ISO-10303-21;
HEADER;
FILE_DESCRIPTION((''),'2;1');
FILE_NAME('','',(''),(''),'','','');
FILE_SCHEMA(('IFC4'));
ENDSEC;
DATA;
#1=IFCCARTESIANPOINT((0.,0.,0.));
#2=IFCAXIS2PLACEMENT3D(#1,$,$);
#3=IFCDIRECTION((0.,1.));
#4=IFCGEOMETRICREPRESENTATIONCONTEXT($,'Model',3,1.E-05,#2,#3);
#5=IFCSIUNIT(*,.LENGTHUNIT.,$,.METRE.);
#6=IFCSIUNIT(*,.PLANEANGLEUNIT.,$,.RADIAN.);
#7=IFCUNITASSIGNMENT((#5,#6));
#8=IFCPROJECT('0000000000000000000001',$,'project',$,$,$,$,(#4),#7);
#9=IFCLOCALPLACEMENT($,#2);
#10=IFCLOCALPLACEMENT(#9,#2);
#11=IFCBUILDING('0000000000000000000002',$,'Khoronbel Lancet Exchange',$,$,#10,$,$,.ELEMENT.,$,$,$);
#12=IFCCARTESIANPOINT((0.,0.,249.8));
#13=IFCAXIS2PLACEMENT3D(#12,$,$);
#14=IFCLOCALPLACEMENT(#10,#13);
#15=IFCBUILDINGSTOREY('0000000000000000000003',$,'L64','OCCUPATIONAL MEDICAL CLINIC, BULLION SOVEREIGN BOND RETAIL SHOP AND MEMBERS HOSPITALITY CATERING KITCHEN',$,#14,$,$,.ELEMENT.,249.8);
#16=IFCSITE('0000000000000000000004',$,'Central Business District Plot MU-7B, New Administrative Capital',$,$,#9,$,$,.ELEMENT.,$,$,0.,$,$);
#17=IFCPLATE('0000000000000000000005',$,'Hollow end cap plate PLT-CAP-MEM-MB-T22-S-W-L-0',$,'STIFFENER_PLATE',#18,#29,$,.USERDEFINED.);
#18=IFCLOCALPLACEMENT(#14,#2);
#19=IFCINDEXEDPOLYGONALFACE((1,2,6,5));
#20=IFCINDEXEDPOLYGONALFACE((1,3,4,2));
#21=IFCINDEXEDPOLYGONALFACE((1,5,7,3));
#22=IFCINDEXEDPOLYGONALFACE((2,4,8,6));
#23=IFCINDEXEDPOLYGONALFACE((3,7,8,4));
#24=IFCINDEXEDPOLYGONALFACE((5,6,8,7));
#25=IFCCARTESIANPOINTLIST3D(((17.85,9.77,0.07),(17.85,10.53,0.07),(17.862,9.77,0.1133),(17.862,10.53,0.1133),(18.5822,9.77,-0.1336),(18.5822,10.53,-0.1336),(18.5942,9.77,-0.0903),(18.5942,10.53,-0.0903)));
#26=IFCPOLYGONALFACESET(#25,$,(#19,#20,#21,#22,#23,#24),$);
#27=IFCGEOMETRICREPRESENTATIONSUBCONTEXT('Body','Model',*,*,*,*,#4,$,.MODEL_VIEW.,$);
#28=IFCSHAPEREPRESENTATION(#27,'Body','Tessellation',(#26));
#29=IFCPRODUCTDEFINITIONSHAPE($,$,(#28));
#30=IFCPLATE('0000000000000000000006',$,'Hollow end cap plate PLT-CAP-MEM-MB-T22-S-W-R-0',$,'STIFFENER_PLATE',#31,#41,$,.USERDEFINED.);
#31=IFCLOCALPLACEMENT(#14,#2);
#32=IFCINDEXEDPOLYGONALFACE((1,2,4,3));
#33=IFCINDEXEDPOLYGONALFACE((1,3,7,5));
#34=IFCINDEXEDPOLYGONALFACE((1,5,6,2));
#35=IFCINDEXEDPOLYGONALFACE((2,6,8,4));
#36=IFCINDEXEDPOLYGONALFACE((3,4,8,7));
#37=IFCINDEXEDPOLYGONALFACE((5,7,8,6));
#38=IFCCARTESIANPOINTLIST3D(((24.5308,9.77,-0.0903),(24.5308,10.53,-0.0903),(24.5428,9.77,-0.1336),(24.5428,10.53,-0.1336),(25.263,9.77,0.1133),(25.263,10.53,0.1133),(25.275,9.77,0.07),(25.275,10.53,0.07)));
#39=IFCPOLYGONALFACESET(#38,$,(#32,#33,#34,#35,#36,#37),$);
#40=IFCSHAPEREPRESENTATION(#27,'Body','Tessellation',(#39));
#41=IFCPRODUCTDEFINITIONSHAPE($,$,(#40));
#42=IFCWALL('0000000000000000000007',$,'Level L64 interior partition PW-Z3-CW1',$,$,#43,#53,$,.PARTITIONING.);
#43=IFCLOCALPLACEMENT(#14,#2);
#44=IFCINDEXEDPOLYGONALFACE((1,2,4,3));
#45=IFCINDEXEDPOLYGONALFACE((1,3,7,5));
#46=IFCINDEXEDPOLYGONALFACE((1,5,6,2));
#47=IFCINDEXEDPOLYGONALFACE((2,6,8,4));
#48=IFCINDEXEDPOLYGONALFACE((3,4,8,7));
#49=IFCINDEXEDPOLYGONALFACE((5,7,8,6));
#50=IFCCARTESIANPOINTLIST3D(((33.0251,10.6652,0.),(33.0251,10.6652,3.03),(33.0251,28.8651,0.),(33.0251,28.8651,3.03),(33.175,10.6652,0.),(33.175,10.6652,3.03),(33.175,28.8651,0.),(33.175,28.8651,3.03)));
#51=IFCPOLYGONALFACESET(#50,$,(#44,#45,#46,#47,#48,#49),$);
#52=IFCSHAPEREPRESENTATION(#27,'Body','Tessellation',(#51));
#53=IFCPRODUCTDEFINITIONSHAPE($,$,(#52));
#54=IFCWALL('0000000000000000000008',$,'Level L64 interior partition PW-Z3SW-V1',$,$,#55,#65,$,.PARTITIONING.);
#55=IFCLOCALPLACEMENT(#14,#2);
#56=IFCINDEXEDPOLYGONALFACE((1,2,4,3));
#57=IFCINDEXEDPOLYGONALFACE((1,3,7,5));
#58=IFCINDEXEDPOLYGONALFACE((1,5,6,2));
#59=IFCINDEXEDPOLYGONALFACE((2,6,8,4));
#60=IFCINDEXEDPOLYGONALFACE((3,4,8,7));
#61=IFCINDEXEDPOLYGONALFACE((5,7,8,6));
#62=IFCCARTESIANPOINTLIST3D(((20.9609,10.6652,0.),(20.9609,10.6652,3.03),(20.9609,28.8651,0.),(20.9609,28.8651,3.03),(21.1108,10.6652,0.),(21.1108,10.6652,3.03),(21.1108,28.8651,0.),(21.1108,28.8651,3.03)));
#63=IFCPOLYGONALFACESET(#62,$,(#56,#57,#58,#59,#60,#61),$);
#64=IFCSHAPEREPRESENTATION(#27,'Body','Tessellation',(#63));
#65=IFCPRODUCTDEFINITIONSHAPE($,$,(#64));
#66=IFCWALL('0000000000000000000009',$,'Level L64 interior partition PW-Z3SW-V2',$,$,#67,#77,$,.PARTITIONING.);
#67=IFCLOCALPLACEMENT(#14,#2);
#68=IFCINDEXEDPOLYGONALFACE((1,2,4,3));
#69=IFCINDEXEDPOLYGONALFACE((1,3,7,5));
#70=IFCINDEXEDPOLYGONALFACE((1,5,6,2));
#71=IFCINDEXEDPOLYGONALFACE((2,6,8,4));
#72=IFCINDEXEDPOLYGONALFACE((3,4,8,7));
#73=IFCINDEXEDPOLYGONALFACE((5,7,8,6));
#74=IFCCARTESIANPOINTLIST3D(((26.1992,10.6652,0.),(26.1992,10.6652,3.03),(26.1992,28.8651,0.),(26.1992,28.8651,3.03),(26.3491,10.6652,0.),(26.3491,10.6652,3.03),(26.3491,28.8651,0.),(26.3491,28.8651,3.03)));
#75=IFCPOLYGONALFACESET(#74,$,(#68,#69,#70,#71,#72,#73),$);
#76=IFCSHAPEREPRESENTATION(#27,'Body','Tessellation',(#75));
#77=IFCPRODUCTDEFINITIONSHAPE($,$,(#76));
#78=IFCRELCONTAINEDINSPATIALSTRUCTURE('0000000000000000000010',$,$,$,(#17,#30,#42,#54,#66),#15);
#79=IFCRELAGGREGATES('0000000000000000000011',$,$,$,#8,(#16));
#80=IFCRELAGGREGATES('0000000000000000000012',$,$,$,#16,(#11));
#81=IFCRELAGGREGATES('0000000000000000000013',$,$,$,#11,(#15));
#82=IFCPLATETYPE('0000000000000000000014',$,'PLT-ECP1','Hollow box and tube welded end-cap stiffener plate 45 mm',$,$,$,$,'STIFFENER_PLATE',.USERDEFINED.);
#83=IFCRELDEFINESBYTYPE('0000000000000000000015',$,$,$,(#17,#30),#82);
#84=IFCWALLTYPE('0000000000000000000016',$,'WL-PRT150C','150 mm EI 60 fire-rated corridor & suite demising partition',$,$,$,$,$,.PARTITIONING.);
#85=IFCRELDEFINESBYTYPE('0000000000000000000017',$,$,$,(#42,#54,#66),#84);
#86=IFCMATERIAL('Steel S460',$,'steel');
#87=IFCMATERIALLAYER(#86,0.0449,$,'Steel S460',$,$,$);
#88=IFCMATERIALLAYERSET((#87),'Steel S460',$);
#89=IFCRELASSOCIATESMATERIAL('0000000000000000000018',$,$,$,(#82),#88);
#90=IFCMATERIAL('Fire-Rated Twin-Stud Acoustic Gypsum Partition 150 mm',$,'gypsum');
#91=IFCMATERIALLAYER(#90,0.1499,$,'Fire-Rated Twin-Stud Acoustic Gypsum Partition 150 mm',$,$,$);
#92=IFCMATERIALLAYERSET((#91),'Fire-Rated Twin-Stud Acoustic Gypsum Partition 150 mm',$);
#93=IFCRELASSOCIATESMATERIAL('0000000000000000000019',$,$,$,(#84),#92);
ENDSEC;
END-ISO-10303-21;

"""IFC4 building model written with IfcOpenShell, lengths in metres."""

from ifc_helpers import new_model, si_unit, direction, frame, frame_2d, origin, place, context, subcontext, project, spatial, polyline, rectangle, outline, extrude, material, layer, layer_set, type_object, element, save


model = new_model("IFC4")

# Units and contexts
model_context = context("Model", 3, precision=1e-05, world=origin(), true_north=direction((0.0, 1.0)))
body_context = subcontext(model_context, "Body", "Model", "MODEL_VIEW")
ifc_project = project(units=[si_unit("LENGTHUNIT", "METRE"), si_unit("PLANEANGLEUNIT", "RADIAN")], contexts=[model_context])

# Site, building, storey
site_placement = place(None, origin())
site = spatial("IfcSite", under=ifc_project, at=site_placement, Name="Central Business District Plot MU-7B, New Administrative Capital", CompositionType="ELEMENT", RefElevation=0.0)
building_placement = place(site_placement, origin())
building = spatial("IfcBuilding", under=site, at=building_placement, Name="Khoronbel Lancet Exchange", CompositionType="ELEMENT")
storey_placement = place(building_placement, frame((0.0, 0.0, 249.8)))
storey = spatial("IfcBuildingStorey", under=building, at=storey_placement, Name="L64", Description="OCCUPATIONAL MEDICAL CLINIC, BULLION SOVEREIGN BOND RETAIL SHOP AND MEMBERS HOSPITALITY CATERING KITCHEN", CompositionType="ELEMENT", Elevation=249.8)

# Shared definitions
ifc_material_1 = material(Name="Steel S460", Category="steel")

# Plates
ifc_layer_1 = layer(ifc_material_1, 0.0449, Name="Steel S460")
ifc_layer_set_1 = layer_set([ifc_layer_1], Name="Steel S460")
plate_type_1 = type_object("IfcPlateType", Name="PLT-ECP1", Description="Hollow box and tube welded end-cap stiffener plate 45 mm", ElementType="STIFFENER_PLATE", PredefinedType="USERDEFINED", material=ifc_layer_set_1)
for number, where, z_axis, x_axis, name in (
    (1, (18.5942, 9.77, -0.0903), (0.267926, 0.0, 0.96344), (0.0, 1.0, 0.0), "Hollow end cap plate PLT-CAP-MEM-MB-T22-S-W-L-0"),
    (2, (24.5308, 10.53, -0.0903), (-0.267926, 0.0, 0.96344), (0.0, -1.0, 0.0), "Hollow end cap plate PLT-CAP-MEM-MB-T22-S-W-R-0"),
):
    element("IfcPlate", number, at=place(storey_placement, frame(where, z_axis=z_axis, x_axis=x_axis)), inside=storey, type_object=plate_type_1, Name=name, ObjectType="STIFFENER_PLATE", PredefinedType="USERDEFINED", context=body_context, shape_type="SweptSolid", body=[
        extrude(outline(polyline([(0.0, 0.0), (0.76, 0.0), (0.76, 0.76), (0.0, 0.76), (0.0, 0.0)])), origin(), (0.0, 0.0, -1.0), 0.0449),
    ])

# Walls
ifc_material_2 = material(Name="Fire-Rated Twin-Stud Acoustic Gypsum Partition 150 mm", Category="gypsum")
ifc_layer_2 = layer(ifc_material_2, 0.1499, Name="Fire-Rated Twin-Stud Acoustic Gypsum Partition 150 mm")
ifc_layer_set_2 = layer_set([ifc_layer_2], Name="Fire-Rated Twin-Stud Acoustic Gypsum Partition 150 mm")
wall_type = type_object("IfcWallType", Name="WL-PRT150C", Description="150 mm EI 60 fire-rated corridor & suite demising partition", PredefinedType="PARTITIONING", material=ifc_layer_set_2)
for number, where, z_axis, x_axis, name in (
    (3, (33.1001, 10.665, 0.0), (0.0, 0.0, 1.0), (0.0, 1.0, 0.0), "Level L64 interior partition PW-Z3-CW1"),
    (4, (21.0359, 10.665, 0.0), (0.0, 0.0, 1.0), (0.0, 1.0, 0.0), "Level L64 interior partition PW-Z3SW-V1"),
    (5, (26.2742, 10.665, 0.0), (0.0, 0.0, 1.0), (0.0, 1.0, 0.0), "Level L64 interior partition PW-Z3SW-V2"),
):
    element("IfcWall", number, at=place(storey_placement, frame(where, z_axis=z_axis, x_axis=x_axis)), inside=storey, type_object=wall_type, Name=name, PredefinedType="PARTITIONING", context=body_context, shape_type="SweptSolid", body=[
        extrude(rectangle(XDim=18.2, YDim=0.1499, at=frame_2d((9.1001, 0.0))), origin(), (0.0, 0.0, 1.0), 3.03),
    ])

save(model, "model.ifc")
